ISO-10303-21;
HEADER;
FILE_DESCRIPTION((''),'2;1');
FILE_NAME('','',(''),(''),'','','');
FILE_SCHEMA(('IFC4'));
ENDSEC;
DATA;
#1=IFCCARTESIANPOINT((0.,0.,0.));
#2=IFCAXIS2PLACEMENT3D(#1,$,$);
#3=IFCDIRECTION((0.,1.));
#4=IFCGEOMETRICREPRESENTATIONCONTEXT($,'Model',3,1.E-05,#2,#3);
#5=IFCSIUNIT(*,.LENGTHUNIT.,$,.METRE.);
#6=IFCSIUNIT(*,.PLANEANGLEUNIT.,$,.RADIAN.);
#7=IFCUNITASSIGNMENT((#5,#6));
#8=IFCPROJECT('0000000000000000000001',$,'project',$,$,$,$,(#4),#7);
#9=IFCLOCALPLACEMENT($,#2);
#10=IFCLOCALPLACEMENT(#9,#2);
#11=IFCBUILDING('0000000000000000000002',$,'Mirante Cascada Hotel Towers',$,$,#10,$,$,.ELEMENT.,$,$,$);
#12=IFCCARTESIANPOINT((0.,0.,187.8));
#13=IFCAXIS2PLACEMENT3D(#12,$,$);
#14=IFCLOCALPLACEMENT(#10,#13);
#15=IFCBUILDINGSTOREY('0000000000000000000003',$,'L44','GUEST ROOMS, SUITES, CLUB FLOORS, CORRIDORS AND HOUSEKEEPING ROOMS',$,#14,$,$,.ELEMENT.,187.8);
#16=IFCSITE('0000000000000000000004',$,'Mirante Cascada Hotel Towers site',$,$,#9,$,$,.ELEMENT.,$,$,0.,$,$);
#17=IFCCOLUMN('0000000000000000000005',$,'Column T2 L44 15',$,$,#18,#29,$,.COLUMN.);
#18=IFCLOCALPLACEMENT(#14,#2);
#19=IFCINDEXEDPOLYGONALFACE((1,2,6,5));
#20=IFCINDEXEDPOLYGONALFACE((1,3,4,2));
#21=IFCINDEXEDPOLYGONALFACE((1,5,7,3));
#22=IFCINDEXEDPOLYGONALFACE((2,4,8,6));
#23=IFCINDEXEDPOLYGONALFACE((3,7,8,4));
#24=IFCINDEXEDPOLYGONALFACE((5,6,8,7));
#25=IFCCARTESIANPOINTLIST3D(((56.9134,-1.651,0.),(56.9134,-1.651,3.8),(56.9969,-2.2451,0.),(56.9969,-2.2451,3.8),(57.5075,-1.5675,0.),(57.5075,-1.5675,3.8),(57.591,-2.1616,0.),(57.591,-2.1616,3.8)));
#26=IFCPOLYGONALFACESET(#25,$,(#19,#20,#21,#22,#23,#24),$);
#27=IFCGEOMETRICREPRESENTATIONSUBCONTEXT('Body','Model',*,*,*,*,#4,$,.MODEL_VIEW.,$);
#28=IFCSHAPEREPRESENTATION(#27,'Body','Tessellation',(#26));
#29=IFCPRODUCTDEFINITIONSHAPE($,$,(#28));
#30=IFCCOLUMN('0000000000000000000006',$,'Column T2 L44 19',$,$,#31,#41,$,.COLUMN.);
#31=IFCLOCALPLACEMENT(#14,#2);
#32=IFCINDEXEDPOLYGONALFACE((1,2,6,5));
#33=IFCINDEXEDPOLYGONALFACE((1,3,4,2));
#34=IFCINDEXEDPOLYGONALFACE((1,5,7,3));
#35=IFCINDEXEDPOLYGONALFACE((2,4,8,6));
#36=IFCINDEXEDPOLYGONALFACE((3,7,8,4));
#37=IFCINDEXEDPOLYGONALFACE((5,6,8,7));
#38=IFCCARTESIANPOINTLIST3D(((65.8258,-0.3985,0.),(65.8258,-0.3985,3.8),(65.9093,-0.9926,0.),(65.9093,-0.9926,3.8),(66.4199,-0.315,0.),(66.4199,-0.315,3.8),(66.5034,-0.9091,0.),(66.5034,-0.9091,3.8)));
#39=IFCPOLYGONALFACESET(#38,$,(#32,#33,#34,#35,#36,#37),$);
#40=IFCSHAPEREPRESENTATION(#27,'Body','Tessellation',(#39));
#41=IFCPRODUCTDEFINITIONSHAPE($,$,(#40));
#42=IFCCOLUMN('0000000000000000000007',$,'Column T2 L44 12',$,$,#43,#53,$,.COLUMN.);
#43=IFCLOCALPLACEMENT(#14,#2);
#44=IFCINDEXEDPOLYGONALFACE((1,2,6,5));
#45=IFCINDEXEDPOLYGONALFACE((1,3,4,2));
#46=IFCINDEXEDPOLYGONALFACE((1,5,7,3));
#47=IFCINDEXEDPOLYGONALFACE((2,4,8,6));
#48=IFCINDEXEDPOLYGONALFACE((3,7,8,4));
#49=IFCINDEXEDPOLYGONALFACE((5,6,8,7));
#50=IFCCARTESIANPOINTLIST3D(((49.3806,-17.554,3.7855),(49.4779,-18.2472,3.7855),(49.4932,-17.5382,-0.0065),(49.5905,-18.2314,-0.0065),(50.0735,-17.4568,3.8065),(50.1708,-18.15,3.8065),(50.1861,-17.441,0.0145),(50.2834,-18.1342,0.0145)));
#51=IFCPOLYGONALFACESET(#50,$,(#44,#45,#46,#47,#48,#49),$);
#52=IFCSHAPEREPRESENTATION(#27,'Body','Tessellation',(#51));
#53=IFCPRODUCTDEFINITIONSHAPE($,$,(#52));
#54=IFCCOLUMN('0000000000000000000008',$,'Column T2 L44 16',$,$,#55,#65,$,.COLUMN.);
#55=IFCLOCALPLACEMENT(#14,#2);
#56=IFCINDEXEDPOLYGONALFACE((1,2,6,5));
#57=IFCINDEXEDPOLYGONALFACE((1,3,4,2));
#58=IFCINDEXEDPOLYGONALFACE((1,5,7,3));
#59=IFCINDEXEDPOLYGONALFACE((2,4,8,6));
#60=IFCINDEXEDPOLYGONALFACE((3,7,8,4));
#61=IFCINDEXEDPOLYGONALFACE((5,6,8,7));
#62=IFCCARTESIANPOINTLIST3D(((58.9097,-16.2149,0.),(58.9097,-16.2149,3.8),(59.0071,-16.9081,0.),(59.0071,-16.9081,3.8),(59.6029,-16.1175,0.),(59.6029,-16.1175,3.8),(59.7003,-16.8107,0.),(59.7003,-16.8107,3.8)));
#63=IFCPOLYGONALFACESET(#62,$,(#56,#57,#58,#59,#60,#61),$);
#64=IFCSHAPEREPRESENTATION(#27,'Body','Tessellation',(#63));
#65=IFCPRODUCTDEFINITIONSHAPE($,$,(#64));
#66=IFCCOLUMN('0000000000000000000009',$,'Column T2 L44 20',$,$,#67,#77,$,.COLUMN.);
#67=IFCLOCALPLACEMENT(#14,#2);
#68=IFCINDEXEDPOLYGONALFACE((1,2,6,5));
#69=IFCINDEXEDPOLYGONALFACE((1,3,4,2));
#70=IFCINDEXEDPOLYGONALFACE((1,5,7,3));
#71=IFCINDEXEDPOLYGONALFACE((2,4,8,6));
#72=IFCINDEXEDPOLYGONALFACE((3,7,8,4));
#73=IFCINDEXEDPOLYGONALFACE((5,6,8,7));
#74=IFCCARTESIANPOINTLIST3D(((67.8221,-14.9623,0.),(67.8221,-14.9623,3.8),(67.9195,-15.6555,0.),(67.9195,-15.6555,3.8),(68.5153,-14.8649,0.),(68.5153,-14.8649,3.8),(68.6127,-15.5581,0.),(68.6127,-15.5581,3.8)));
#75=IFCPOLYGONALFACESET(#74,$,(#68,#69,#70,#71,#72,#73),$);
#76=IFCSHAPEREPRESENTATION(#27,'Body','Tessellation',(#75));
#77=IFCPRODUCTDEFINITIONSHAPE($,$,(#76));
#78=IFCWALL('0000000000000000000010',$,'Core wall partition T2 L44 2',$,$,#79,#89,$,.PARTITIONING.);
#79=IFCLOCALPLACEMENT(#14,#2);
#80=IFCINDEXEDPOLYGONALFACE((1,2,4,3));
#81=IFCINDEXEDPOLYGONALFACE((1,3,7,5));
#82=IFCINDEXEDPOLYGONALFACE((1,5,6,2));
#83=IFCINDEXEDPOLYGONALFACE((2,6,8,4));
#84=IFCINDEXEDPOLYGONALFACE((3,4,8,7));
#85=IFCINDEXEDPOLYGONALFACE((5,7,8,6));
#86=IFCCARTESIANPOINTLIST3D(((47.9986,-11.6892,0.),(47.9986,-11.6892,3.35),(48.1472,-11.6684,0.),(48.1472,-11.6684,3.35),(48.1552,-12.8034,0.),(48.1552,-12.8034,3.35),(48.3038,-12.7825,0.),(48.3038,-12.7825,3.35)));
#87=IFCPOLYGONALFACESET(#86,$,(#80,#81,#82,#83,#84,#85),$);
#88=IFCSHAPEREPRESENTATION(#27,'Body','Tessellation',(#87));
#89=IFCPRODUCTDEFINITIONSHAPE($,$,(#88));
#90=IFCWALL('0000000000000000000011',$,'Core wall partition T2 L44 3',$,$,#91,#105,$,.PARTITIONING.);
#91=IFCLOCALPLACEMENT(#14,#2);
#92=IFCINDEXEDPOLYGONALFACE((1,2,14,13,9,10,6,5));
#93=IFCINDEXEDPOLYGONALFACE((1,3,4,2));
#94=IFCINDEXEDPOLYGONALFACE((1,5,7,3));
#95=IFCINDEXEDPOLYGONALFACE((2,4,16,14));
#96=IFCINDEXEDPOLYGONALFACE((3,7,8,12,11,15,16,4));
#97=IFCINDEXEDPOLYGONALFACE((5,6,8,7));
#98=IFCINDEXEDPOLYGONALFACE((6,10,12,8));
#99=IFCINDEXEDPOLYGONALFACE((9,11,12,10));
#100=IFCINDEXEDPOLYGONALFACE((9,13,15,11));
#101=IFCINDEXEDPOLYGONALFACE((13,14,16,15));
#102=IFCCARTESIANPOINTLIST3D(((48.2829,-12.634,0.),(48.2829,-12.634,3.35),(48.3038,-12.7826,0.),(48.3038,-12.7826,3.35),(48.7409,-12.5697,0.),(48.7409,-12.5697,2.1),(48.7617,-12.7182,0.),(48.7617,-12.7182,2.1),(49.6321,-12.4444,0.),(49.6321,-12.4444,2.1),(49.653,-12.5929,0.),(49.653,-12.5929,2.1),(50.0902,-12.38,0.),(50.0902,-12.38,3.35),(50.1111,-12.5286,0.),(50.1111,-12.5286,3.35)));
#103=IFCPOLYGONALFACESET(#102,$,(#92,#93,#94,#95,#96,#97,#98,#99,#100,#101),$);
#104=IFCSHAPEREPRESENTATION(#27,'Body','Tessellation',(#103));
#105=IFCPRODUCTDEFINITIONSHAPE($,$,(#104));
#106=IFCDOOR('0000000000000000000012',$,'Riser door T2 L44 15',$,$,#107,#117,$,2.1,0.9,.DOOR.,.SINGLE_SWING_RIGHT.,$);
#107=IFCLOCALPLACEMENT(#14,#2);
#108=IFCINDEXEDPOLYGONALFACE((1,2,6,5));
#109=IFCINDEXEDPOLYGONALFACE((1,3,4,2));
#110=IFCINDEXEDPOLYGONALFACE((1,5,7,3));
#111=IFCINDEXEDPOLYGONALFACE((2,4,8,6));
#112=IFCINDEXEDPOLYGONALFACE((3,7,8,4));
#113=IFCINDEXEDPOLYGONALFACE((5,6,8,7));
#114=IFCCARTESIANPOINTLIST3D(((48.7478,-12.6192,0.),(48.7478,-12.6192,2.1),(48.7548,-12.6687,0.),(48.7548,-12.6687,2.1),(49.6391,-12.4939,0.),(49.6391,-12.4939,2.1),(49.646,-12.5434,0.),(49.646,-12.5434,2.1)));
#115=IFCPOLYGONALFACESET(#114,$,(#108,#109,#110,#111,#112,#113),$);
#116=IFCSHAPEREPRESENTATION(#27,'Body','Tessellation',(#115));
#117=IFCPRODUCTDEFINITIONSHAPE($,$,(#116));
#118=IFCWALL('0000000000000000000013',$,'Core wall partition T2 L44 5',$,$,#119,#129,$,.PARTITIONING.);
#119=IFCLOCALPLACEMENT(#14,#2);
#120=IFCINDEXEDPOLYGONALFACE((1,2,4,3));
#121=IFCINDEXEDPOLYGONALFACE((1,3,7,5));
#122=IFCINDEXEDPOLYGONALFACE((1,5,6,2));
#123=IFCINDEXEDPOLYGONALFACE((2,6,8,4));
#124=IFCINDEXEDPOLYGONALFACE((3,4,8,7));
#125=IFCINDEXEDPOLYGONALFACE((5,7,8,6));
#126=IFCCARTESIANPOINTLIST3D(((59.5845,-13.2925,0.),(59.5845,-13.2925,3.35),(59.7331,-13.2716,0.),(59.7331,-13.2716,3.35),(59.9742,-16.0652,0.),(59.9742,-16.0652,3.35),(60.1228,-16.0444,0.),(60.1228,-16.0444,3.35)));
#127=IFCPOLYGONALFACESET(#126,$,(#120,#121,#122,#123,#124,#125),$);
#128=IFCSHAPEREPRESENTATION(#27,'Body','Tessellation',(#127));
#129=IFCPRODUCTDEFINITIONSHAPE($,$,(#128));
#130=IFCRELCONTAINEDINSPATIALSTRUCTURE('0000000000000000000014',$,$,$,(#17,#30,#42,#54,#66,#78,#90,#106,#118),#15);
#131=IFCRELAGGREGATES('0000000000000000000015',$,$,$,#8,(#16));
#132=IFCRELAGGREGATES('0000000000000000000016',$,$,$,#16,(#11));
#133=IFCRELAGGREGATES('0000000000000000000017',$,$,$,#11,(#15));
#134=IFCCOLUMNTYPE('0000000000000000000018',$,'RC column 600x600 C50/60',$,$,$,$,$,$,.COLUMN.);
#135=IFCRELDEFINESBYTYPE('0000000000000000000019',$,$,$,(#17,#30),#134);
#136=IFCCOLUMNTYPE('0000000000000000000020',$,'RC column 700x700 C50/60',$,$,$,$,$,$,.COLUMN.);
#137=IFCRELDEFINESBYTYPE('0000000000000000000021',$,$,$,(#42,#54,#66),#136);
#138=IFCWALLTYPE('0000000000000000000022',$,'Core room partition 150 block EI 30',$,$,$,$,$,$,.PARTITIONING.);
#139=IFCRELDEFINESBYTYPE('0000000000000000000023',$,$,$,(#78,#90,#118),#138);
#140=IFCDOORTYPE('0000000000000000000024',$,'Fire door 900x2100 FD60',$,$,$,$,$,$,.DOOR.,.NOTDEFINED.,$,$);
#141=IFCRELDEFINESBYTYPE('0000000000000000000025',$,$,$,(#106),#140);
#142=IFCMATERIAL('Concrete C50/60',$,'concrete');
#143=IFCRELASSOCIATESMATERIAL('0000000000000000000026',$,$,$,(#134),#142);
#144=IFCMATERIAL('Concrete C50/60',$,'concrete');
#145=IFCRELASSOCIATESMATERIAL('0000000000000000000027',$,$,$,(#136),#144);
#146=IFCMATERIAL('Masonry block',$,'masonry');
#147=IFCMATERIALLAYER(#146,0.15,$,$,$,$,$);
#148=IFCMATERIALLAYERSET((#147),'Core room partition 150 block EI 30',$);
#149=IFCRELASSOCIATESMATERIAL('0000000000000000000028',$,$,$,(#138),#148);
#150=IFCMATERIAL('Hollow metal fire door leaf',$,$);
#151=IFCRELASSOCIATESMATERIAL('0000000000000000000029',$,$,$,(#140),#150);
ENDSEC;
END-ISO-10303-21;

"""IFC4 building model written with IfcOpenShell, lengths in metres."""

from ifc_helpers import new_model, si_unit, direction, frame, frame_2d, origin, origin_2d, place, context, subcontext, project, spatial, rectangle, extrude, material, layer, layer_set, material_profile, profile_set, type_object, element, fill, save


model = new_model("IFC4")

# Units and contexts
model_context = context("Model", 3, precision=1e-05, world=origin(), true_north=direction((0.0, 1.0)))
body_context = subcontext(model_context, "Body", "Model", "MODEL_VIEW")
ifc_project = project(units=[si_unit("LENGTHUNIT", "METRE"), si_unit("PLANEANGLEUNIT", "RADIAN")], contexts=[model_context])

# Site, building, storey
site_placement = place(None, origin())
site = spatial("IfcSite", under=ifc_project, at=site_placement, Name="Mirante Cascada Hotel Towers site", CompositionType="ELEMENT", RefElevation=0.0)
building_placement = place(site_placement, origin())
building = spatial("IfcBuilding", under=site, at=building_placement, Name="Mirante Cascada Hotel Towers", CompositionType="ELEMENT")
storey_placement = place(building_placement, frame((0.0, 0.0, 187.8)))
storey = spatial("IfcBuildingStorey", under=building, at=storey_placement, Name="L44", Description="GUEST ROOMS, SUITES, CLUB FLOORS, CORRIDORS AND HOUSEKEEPING ROOMS", CompositionType="ELEMENT", Elevation=187.8)

# Columns
ifc_material_1 = material(Name="Concrete C50/60", Category="concrete")
ifc_material_profile_1 = material_profile(ifc_material_1, rectangle(XDim=0.6, YDim=0.6, at=origin_2d()), Name="RC column 600x600 C50/60")
ifc_profile_set_1 = profile_set([ifc_material_profile_1], Name="Concrete C50/60")
column_type_1 = type_object("IfcColumnType", Name="RC column 600x600 C50/60", PredefinedType="COLUMN", material=ifc_profile_set_1)
for number, where, z_axis, x_axis, name in (
    (1, (57.2522, -1.9063, 0.0), (0.0, 0.0, 1.0), (0.990268, 0.139173, 0.0), "Column T2 L44 15"),
    (2, (66.1646, -0.6538, 0.0), (0.0, 0.0, 1.0), (0.990268, 0.139173, 0.0), "Column T2 L44 19"),
):
    element("IfcColumn", number, at=place(storey_placement, frame(where, z_axis=z_axis, x_axis=x_axis)), inside=storey, type_object=column_type_1, Name=name, PredefinedType="COLUMN", context=body_context, shape_type="SweptSolid", body=[
        extrude(rectangle(XDim=0.6, YDim=0.6, at=origin_2d()), origin(), (0.0, 0.0, 1.0), 3.8),
    ])
ifc_material_2 = material(Name="Concrete C50/60", Category="concrete")
ifc_material_profile_2 = material_profile(ifc_material_2, rectangle(XDim=0.7, YDim=0.7, at=origin_2d()), Name="RC column 700x700 C50/60")
ifc_profile_set_2 = profile_set([ifc_material_profile_2], Name="Concrete C50/60")
column_type_2 = type_object("IfcColumnType", Name="RC column 700x700 C50/60", PredefinedType="COLUMN", material=ifc_profile_set_2)
column_placement = place(storey_placement, frame((49.8883, -17.8362, 0.004), z_axis=(-0.029681, -0.004165, 0.999551), x_axis=(0.138958, -0.990298, 0.0)))
element("IfcColumn", 3, at=column_placement, inside=storey, type_object=column_type_2, Name="Column T2 L44 12", PredefinedType="COLUMN", context=body_context, shape_type="SweptSolid", body=[
    extrude(rectangle(XDim=0.7, YDim=0.7, at=origin_2d()), origin(), (0.0, 0.0, 1.0), 3.7937),
])
for number, where, z_axis, x_axis, name in (
    (4, (59.305, -16.5128, 0.0), (0.0, 0.0, 1.0), (0.990268, 0.139173, 0.0), "Column T2 L44 16"),
    (5, (68.2174, -15.2602, 0.0), (0.0, 0.0, 1.0), (0.990268, 0.139173, 0.0), "Column T2 L44 20"),
):
    element("IfcColumn", number, at=place(storey_placement, frame(where, z_axis=z_axis, x_axis=x_axis)), inside=storey, type_object=column_type_2, Name=name, PredefinedType="COLUMN", context=body_context, shape_type="SweptSolid", body=[
        extrude(rectangle(XDim=0.7, YDim=0.7, at=origin_2d()), origin(), (0.0, 0.0, 1.0), 3.8),
    ])

# Wall
ifc_material_3 = material(Name="Masonry block", Category="masonry")
ifc_layer_1 = layer(ifc_material_3, 0.15)
ifc_layer_set_1 = layer_set([ifc_layer_1], Name="Core room partition 150 block EI 30")
wall_type_1 = type_object("IfcWallType", Name="Core room partition 150 block EI 30", PredefinedType="PARTITIONING", material=ifc_layer_set_1)
wall_1_placement = place(storey_placement, frame((48.2295, -12.793, 0.0), z_axis=(0.0, 0.0, 1.0), x_axis=(-0.139193, 0.990265, 0.0)))
element("IfcWall", 6, at=wall_1_placement, inside=storey, type_object=wall_type_1, Name="Core wall partition T2 L44 2", PredefinedType="PARTITIONING", context=body_context, shape_type="SweptSolid", body=[
    extrude(rectangle(XDim=1.1251, YDim=0.15, at=frame_2d((0.5626, 0.0))), origin(), (0.0, 0.0, 1.0), 3.35),
])

# Wall, opening, door
wall_2_placement = place(storey_placement, frame((48.2933, -12.7083, 0.0), z_axis=(0.0, 0.0, 1.0), x_axis=(0.990268, 0.139173, 0.0)))
wall_2 = element("IfcWall", 7, at=wall_2_placement, inside=storey, type_object=wall_type_1, Name="Core wall partition T2 L44 3", PredefinedType="PARTITIONING", context=body_context, shape_type="SweptSolid", body=[
    extrude(rectangle(XDim=1.8251, YDim=0.15, at=frame_2d((0.9126, 0.0))), origin(), (0.0, 0.0, 1.0), 3.35),
])
opening_1_placement = place(wall_2_placement, frame((0.4625, 0.0, 0.0)))
opening_1 = element("IfcOpeningElement", 8, at=opening_1_placement, cuts=wall_2, PredefinedType="OPENING", context=body_context, shape_type="SweptSolid", body=[
    extrude(rectangle(XDim=0.9, YDim=2.1, at=frame_2d((0.45, 1.05))), frame((0.0, 0.075, 0.0), z_axis=(0.0, -1.0, 0.0), x_axis=(1.0, 0.0, 0.0)), (0.0, 0.0, 1.0), 0.15),
])
ifc_material_4 = material(Name="Hollow metal fire door leaf")
door_type_1 = type_object("IfcDoorType", Name="Fire door 900x2100 FD60", OperationType="NOTDEFINED", PredefinedType="DOOR", material=ifc_material_4)
door_1_placement = place(opening_1_placement, frame((0.9, 0.0, 0.0), z_axis=(0.0, 0.0, 1.0), x_axis=(-1.0, 0.0, 0.0)))
door_1 = element("IfcDoor", 9, at=door_1_placement, inside=storey, type_object=door_type_1, Name="Riser door T2 L44 15", OperationType="SINGLE_SWING_RIGHT", OverallHeight=2.1, OverallWidth=0.9, PredefinedType="DOOR", context=body_context, shape_type="SweptSolid", body=[
    extrude(rectangle(XDim=0.9, YDim=2.1, at=frame_2d((0.45, 1.05))), frame((0.0, 0.025, 0.0), z_axis=(0.0, -1.0, 0.0), x_axis=(1.0, 0.0, 0.0)), (0.0, 0.0, 1.0), 0.05),
])
fill(opening_1, door_1)

# Wall
wall_3_placement = place(storey_placement, frame((60.0485, -16.0548, 0.0), z_axis=(0.0, 0.0, 1.0), x_axis=(-0.139181, 0.990267, 0.0)))
element("IfcWall", 10, at=wall_3_placement, inside=storey, type_object=wall_type_1, Name="Core wall partition T2 L44 5", PredefinedType="PARTITIONING", context=body_context, shape_type="SweptSolid", body=[
    extrude(rectangle(XDim=2.8, YDim=0.15, at=frame_2d((1.4, 0.0))), origin(), (0.0, 0.0, 1.0), 3.35),
])

save(model, "model.ifc")
